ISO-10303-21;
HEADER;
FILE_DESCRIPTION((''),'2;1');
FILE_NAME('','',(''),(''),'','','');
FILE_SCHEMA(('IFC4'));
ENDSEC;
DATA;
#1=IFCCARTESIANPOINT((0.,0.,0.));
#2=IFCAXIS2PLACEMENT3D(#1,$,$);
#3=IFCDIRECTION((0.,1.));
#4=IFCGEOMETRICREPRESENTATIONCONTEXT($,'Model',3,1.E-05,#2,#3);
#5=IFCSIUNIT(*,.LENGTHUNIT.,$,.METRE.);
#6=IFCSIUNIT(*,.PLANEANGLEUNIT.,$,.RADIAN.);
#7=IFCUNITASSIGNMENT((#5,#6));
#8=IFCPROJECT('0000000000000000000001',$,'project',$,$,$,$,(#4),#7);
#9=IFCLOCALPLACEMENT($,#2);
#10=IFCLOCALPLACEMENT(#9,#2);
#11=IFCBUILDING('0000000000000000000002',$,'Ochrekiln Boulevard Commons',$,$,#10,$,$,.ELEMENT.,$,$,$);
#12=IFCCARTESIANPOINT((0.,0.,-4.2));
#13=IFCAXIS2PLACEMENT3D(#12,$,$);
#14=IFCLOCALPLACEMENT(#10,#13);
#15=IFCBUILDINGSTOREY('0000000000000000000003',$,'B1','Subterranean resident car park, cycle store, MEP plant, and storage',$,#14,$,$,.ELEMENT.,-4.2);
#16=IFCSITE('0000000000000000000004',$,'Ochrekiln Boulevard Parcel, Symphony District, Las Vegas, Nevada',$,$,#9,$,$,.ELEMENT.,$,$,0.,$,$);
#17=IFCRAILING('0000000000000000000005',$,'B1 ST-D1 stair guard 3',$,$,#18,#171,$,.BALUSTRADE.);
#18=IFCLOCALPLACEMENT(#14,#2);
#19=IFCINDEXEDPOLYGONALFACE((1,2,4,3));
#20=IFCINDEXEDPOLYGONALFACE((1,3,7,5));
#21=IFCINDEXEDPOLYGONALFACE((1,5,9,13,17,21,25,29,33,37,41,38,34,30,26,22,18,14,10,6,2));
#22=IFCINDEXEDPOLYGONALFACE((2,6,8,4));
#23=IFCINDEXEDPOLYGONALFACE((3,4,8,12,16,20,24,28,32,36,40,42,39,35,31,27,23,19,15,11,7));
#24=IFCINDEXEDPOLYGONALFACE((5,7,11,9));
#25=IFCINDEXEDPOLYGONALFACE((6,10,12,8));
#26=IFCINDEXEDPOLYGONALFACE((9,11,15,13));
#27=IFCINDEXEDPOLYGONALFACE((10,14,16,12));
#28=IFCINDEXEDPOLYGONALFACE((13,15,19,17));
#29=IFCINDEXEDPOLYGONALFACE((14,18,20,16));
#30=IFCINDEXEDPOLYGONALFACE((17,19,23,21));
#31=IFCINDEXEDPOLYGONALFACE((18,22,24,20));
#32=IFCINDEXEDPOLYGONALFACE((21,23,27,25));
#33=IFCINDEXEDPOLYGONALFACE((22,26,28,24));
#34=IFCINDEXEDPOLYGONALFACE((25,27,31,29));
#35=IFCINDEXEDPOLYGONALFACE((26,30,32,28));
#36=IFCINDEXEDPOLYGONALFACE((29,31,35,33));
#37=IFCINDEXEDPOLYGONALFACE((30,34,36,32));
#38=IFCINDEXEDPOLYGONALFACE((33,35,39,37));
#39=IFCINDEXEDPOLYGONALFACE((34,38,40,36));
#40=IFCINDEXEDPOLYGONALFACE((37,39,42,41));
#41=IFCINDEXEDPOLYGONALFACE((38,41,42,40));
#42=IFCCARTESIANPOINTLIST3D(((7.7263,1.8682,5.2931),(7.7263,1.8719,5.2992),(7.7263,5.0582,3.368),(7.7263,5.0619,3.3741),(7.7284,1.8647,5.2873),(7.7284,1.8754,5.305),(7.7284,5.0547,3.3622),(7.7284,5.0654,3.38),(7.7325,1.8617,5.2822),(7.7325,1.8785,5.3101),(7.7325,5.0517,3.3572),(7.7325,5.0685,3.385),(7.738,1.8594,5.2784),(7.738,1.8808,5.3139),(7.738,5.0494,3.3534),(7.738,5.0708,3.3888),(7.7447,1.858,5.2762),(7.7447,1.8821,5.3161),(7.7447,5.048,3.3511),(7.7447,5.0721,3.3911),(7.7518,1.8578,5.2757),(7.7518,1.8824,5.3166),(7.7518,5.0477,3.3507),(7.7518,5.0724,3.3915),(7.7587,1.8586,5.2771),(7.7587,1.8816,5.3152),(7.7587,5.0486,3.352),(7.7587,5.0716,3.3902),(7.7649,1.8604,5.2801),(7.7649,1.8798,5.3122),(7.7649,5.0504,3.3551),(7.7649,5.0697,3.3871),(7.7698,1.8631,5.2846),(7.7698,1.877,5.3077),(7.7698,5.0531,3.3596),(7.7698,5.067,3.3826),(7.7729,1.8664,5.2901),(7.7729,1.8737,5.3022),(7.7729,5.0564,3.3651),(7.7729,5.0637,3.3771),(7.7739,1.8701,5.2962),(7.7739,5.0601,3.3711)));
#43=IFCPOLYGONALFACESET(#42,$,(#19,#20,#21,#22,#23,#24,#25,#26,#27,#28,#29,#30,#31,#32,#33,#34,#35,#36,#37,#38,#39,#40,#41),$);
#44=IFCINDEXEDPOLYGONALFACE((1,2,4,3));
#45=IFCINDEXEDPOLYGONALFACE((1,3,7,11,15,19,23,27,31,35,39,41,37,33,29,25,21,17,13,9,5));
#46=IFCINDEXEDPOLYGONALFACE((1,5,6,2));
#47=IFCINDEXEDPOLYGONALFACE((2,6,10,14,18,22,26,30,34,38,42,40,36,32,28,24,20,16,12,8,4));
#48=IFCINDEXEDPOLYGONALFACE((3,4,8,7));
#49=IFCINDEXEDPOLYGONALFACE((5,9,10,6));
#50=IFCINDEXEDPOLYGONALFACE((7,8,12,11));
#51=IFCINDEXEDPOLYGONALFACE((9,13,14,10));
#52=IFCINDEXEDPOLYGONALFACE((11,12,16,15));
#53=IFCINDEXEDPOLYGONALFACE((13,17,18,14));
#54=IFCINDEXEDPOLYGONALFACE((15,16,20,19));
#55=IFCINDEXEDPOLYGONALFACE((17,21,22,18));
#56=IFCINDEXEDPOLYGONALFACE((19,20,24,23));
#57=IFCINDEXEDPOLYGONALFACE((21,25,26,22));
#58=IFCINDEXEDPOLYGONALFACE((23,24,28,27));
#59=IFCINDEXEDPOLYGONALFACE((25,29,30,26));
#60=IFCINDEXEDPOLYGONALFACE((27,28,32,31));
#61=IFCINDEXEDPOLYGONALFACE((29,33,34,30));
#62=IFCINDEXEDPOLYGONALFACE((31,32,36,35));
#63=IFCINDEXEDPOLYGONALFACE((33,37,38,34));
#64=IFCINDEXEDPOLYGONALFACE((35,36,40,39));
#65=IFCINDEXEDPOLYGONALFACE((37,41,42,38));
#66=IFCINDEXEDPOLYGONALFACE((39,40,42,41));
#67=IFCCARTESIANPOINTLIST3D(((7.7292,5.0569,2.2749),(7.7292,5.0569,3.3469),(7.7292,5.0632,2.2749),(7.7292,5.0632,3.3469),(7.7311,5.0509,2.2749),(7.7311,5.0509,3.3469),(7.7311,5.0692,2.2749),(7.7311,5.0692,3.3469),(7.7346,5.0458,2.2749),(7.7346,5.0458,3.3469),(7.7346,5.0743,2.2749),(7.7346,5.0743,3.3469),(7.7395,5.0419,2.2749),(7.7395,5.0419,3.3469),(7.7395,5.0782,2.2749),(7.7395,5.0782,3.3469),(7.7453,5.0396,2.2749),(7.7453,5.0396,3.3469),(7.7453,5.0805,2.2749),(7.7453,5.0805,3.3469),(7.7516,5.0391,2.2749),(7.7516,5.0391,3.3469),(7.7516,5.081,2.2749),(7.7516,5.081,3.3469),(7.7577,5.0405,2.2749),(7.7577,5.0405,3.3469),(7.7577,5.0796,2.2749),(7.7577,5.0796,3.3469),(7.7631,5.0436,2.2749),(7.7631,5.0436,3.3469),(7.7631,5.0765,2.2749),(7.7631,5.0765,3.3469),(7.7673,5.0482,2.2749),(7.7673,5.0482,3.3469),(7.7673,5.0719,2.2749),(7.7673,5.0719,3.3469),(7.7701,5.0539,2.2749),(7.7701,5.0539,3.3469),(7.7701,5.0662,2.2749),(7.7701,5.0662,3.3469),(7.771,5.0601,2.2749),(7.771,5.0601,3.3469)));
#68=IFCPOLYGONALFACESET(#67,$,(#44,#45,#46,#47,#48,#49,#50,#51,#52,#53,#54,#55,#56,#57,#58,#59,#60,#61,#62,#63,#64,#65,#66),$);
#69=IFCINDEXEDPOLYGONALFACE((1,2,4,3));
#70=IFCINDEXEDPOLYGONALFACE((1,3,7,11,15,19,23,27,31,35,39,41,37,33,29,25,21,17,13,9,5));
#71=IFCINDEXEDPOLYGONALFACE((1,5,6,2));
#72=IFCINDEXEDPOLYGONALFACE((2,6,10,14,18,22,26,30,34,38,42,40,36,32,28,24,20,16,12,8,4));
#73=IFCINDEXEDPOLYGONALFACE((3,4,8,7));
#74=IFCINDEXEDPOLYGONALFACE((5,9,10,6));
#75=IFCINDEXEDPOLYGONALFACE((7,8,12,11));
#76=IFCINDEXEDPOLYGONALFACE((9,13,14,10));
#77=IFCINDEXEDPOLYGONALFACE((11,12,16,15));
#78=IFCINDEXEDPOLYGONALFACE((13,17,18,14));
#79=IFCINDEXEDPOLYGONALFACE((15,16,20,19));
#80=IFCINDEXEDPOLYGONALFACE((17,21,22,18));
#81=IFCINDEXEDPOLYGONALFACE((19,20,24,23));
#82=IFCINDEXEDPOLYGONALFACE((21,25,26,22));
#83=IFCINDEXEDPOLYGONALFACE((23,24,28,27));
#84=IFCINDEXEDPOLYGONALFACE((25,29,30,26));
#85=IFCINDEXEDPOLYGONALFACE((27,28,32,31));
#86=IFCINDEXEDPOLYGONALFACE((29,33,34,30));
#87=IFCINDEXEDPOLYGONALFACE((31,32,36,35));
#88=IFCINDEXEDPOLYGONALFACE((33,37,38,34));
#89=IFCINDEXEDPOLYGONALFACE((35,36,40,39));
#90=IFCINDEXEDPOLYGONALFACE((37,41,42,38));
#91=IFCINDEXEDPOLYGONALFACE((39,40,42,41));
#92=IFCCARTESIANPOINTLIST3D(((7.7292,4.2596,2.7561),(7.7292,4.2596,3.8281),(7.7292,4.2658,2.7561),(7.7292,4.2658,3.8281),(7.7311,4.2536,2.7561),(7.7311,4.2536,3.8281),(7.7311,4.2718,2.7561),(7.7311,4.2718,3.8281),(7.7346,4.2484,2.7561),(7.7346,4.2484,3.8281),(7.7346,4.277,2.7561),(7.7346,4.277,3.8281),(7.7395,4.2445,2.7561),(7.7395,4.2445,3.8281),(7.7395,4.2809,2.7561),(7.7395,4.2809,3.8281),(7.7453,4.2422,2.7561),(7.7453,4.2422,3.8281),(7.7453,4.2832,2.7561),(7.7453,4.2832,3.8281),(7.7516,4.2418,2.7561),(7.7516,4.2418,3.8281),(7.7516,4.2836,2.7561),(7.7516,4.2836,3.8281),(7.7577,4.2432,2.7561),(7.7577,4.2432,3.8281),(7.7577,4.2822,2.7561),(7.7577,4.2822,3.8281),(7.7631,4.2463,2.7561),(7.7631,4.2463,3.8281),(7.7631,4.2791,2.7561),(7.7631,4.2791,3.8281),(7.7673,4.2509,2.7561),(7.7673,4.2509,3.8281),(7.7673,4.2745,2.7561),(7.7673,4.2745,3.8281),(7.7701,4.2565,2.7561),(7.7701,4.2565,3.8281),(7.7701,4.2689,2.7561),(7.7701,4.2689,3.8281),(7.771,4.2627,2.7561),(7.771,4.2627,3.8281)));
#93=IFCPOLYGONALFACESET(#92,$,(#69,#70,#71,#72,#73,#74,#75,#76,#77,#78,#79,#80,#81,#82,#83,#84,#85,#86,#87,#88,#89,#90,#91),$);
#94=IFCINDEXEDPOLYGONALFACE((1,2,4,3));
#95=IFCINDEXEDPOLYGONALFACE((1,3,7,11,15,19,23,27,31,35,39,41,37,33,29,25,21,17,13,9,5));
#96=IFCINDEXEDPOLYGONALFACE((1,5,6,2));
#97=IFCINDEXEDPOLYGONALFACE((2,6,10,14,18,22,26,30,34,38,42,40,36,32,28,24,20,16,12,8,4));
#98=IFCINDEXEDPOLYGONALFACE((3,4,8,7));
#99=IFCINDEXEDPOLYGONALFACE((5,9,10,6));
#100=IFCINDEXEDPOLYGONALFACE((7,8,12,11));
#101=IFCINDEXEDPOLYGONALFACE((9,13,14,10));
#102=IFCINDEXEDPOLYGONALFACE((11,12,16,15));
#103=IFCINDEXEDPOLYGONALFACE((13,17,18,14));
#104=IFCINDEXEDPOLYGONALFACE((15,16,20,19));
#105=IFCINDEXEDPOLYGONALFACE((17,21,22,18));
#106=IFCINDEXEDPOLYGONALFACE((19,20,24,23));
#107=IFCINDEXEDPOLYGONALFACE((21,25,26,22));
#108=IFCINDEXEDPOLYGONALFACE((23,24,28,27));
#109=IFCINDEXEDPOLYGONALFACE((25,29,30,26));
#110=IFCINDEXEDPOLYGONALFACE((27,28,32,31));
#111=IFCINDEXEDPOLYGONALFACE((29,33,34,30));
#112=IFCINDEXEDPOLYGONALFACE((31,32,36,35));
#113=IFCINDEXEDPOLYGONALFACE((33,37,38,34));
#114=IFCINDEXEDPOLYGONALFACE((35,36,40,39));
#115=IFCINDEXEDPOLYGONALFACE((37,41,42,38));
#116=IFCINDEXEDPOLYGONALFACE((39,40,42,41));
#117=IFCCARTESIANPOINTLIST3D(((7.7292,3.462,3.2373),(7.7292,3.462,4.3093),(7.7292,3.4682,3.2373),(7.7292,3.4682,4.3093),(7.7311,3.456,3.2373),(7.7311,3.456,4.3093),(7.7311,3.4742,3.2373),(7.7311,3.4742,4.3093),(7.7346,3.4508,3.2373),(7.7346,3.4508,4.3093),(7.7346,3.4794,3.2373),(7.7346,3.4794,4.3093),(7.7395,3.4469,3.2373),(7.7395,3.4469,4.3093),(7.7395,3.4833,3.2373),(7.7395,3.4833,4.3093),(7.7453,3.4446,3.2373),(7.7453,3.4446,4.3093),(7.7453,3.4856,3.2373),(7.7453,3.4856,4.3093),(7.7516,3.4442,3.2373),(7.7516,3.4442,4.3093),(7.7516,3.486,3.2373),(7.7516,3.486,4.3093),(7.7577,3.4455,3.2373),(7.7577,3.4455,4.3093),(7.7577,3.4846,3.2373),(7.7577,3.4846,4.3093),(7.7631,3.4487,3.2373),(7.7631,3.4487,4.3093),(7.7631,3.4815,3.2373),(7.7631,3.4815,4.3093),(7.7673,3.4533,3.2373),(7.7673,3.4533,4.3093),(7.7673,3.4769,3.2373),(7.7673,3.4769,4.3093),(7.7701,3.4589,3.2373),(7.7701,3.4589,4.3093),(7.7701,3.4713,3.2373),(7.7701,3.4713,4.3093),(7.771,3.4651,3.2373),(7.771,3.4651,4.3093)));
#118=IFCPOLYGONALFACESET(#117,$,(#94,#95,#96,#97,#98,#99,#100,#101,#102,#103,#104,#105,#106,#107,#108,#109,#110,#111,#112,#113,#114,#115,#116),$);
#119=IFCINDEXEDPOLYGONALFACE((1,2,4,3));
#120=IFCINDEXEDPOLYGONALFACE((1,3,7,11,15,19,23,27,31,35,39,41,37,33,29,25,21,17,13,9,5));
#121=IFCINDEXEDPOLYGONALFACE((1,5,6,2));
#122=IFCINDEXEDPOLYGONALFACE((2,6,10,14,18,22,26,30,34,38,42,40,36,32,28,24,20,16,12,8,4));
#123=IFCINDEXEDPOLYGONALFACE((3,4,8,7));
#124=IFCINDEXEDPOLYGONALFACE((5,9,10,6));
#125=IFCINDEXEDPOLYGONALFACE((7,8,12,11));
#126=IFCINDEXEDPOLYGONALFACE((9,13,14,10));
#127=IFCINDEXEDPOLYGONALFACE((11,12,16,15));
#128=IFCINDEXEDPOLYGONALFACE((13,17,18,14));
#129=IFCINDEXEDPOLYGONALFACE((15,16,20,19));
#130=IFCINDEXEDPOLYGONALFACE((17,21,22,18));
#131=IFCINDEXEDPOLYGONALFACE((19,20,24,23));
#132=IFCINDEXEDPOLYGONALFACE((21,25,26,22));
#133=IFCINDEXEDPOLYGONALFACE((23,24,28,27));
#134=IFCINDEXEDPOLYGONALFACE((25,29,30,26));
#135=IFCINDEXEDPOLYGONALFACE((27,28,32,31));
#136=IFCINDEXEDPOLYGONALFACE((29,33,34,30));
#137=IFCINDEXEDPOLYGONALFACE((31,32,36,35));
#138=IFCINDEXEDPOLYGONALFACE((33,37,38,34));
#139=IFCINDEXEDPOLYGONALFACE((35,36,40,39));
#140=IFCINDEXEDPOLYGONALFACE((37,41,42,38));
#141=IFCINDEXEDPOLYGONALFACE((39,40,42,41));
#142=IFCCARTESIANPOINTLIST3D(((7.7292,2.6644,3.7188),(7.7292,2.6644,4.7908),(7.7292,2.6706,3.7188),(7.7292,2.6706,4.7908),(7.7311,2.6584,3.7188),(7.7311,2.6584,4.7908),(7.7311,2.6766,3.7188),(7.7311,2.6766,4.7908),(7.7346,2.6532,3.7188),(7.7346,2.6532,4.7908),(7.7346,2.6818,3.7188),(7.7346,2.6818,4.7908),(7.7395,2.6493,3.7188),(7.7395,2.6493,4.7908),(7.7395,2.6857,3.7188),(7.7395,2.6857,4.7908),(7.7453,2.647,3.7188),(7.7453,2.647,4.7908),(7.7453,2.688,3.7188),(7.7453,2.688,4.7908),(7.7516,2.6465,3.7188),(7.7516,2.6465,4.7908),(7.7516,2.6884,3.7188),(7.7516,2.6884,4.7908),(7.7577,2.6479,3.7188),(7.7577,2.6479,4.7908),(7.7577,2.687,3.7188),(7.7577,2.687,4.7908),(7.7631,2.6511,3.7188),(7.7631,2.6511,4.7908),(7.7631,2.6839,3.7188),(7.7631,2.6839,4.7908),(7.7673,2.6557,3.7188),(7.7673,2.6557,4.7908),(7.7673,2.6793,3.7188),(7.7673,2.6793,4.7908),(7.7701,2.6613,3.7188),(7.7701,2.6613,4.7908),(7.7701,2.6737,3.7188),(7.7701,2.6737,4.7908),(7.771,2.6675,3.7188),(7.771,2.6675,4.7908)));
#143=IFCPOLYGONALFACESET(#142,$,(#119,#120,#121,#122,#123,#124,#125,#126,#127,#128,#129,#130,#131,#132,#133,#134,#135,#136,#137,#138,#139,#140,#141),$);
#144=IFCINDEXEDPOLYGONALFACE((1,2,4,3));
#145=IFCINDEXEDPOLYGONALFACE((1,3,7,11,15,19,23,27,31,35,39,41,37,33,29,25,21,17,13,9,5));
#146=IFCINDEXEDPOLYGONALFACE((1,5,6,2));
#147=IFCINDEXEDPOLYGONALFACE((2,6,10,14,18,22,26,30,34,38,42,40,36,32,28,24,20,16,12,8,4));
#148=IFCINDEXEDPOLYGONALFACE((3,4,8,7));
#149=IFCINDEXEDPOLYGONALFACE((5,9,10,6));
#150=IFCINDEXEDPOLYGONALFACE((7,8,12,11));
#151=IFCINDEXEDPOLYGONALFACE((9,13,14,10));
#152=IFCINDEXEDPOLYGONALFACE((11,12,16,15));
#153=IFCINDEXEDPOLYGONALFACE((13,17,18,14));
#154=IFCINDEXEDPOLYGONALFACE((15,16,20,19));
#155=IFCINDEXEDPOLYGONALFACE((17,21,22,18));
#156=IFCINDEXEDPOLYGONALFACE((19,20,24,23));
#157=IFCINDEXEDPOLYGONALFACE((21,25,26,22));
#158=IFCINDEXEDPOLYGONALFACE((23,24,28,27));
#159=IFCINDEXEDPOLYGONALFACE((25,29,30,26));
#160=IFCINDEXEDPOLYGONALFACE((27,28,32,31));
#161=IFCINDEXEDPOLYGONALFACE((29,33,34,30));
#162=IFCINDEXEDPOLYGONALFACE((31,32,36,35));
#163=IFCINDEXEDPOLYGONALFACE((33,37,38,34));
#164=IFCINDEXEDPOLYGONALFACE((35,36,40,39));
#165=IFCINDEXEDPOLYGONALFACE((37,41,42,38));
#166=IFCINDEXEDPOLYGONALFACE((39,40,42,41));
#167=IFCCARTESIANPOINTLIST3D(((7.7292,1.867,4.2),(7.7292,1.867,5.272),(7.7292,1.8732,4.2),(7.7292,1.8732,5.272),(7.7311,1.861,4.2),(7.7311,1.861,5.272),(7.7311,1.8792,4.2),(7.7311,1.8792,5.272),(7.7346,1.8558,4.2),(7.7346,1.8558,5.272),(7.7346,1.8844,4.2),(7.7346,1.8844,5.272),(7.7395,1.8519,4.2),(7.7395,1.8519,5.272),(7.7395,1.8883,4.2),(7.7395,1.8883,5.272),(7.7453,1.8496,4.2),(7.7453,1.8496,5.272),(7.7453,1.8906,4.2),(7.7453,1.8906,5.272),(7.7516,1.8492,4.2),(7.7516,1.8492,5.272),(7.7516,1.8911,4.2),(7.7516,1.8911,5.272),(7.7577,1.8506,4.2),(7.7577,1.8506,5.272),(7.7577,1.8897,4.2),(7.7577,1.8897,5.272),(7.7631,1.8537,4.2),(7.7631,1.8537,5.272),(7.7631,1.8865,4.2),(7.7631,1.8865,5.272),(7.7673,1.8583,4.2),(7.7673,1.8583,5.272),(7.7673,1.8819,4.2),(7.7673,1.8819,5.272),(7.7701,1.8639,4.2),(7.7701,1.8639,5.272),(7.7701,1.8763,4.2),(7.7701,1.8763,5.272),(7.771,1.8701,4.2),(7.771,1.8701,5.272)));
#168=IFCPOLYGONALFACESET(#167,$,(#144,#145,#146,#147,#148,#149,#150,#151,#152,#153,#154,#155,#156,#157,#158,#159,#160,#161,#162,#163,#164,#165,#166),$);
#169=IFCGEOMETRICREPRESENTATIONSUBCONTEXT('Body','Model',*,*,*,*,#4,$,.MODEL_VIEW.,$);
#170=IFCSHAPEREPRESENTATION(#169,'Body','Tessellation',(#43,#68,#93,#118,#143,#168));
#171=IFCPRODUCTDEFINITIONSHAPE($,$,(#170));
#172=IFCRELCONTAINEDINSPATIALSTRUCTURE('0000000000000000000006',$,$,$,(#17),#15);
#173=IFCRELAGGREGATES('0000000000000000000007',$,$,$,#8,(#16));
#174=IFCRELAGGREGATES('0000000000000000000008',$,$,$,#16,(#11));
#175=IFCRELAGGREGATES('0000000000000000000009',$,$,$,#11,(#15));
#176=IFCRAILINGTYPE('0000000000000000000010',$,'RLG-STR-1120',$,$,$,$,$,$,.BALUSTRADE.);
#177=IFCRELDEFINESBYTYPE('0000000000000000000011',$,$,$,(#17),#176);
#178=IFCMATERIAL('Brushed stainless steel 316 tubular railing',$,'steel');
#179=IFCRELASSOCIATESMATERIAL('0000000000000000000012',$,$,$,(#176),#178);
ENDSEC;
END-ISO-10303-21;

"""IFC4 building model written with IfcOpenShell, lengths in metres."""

from ifc_helpers import new_model, si_unit, direction, frame, origin, origin_2d, place, context, subcontext, project, spatial, circle, extrude, material, type_object, element, save


model = new_model("IFC4")

# Units and contexts
model_context = context("Model", 3, precision=1e-05, world=origin(), true_north=direction((0.0, 1.0)))
body_context = subcontext(model_context, "Body", "Model", "MODEL_VIEW")
ifc_project = project(units=[si_unit("LENGTHUNIT", "METRE"), si_unit("PLANEANGLEUNIT", "RADIAN")], contexts=[model_context])

# Site, building, storey
site_placement = place(None, origin())
site = spatial("IfcSite", under=ifc_project, at=site_placement, Name="Ochrekiln Boulevard Parcel, Symphony District, Las Vegas, Nevada", CompositionType="ELEMENT", RefElevation=0.0)
building_placement = place(site_placement, origin())
building = spatial("IfcBuilding", under=site, at=building_placement, Name="Ochrekiln Boulevard Commons", CompositionType="ELEMENT")
storey_placement = place(building_placement, frame((0.0, 0.0, -4.2)))
storey = spatial("IfcBuildingStorey", under=building, at=storey_placement, Name="B1", Description="Subterranean resident car park, cycle store, MEP plant, and storage", CompositionType="ELEMENT", Elevation=-4.2)

# Railing
ifc_material_1 = material(Name="Brushed stainless steel 316 tubular railing", Category="steel")
railing_type_1 = type_object("IfcRailingType", Name="RLG-STR-1120", PredefinedType="BALUSTRADE", material=ifc_material_1)
railing_1_placement = place(storey_placement, frame((7.75, 5.0601, 2.2749)))
element("IfcRailing", 1, at=railing_1_placement, inside=storey, type_object=railing_type_1, Name="B1 ST-D1 stair guard 3", PredefinedType="BALUSTRADE", context=body_context, shape_type="SweptSolid", body=[
    extrude(circle(Radius=0.0239, at=origin_2d()), frame((0.0, 0.0, 1.0962), z_axis=(0.0, -0.856178, 0.516682), x_axis=(1.0, 0.0, 0.0)), (0.0, 0.0, 1.0), 3.7258),
    extrude(circle(Radius=0.021, at=origin_2d()), origin(), (0.0, 0.0, 1.0), 1.072),
    extrude(circle(Radius=0.021, at=origin_2d()), frame((0.0, -0.7974, 0.4812)), (0.0, 0.0, 1.0), 1.072),
    extrude(circle(Radius=0.021, at=origin_2d()), frame((0.0, -1.595, 0.9624)), (0.0, 0.0, 1.0), 1.072),
    extrude(circle(Radius=0.021, at=origin_2d()), frame((0.0, -2.3926, 1.4438)), (0.0, 0.0, 1.0), 1.072),
    extrude(circle(Radius=0.021, at=origin_2d()), frame((0.0, -3.1899, 1.925)), (0.0, 0.0, 1.0), 1.072),
])

save(model, "model.ifc")
